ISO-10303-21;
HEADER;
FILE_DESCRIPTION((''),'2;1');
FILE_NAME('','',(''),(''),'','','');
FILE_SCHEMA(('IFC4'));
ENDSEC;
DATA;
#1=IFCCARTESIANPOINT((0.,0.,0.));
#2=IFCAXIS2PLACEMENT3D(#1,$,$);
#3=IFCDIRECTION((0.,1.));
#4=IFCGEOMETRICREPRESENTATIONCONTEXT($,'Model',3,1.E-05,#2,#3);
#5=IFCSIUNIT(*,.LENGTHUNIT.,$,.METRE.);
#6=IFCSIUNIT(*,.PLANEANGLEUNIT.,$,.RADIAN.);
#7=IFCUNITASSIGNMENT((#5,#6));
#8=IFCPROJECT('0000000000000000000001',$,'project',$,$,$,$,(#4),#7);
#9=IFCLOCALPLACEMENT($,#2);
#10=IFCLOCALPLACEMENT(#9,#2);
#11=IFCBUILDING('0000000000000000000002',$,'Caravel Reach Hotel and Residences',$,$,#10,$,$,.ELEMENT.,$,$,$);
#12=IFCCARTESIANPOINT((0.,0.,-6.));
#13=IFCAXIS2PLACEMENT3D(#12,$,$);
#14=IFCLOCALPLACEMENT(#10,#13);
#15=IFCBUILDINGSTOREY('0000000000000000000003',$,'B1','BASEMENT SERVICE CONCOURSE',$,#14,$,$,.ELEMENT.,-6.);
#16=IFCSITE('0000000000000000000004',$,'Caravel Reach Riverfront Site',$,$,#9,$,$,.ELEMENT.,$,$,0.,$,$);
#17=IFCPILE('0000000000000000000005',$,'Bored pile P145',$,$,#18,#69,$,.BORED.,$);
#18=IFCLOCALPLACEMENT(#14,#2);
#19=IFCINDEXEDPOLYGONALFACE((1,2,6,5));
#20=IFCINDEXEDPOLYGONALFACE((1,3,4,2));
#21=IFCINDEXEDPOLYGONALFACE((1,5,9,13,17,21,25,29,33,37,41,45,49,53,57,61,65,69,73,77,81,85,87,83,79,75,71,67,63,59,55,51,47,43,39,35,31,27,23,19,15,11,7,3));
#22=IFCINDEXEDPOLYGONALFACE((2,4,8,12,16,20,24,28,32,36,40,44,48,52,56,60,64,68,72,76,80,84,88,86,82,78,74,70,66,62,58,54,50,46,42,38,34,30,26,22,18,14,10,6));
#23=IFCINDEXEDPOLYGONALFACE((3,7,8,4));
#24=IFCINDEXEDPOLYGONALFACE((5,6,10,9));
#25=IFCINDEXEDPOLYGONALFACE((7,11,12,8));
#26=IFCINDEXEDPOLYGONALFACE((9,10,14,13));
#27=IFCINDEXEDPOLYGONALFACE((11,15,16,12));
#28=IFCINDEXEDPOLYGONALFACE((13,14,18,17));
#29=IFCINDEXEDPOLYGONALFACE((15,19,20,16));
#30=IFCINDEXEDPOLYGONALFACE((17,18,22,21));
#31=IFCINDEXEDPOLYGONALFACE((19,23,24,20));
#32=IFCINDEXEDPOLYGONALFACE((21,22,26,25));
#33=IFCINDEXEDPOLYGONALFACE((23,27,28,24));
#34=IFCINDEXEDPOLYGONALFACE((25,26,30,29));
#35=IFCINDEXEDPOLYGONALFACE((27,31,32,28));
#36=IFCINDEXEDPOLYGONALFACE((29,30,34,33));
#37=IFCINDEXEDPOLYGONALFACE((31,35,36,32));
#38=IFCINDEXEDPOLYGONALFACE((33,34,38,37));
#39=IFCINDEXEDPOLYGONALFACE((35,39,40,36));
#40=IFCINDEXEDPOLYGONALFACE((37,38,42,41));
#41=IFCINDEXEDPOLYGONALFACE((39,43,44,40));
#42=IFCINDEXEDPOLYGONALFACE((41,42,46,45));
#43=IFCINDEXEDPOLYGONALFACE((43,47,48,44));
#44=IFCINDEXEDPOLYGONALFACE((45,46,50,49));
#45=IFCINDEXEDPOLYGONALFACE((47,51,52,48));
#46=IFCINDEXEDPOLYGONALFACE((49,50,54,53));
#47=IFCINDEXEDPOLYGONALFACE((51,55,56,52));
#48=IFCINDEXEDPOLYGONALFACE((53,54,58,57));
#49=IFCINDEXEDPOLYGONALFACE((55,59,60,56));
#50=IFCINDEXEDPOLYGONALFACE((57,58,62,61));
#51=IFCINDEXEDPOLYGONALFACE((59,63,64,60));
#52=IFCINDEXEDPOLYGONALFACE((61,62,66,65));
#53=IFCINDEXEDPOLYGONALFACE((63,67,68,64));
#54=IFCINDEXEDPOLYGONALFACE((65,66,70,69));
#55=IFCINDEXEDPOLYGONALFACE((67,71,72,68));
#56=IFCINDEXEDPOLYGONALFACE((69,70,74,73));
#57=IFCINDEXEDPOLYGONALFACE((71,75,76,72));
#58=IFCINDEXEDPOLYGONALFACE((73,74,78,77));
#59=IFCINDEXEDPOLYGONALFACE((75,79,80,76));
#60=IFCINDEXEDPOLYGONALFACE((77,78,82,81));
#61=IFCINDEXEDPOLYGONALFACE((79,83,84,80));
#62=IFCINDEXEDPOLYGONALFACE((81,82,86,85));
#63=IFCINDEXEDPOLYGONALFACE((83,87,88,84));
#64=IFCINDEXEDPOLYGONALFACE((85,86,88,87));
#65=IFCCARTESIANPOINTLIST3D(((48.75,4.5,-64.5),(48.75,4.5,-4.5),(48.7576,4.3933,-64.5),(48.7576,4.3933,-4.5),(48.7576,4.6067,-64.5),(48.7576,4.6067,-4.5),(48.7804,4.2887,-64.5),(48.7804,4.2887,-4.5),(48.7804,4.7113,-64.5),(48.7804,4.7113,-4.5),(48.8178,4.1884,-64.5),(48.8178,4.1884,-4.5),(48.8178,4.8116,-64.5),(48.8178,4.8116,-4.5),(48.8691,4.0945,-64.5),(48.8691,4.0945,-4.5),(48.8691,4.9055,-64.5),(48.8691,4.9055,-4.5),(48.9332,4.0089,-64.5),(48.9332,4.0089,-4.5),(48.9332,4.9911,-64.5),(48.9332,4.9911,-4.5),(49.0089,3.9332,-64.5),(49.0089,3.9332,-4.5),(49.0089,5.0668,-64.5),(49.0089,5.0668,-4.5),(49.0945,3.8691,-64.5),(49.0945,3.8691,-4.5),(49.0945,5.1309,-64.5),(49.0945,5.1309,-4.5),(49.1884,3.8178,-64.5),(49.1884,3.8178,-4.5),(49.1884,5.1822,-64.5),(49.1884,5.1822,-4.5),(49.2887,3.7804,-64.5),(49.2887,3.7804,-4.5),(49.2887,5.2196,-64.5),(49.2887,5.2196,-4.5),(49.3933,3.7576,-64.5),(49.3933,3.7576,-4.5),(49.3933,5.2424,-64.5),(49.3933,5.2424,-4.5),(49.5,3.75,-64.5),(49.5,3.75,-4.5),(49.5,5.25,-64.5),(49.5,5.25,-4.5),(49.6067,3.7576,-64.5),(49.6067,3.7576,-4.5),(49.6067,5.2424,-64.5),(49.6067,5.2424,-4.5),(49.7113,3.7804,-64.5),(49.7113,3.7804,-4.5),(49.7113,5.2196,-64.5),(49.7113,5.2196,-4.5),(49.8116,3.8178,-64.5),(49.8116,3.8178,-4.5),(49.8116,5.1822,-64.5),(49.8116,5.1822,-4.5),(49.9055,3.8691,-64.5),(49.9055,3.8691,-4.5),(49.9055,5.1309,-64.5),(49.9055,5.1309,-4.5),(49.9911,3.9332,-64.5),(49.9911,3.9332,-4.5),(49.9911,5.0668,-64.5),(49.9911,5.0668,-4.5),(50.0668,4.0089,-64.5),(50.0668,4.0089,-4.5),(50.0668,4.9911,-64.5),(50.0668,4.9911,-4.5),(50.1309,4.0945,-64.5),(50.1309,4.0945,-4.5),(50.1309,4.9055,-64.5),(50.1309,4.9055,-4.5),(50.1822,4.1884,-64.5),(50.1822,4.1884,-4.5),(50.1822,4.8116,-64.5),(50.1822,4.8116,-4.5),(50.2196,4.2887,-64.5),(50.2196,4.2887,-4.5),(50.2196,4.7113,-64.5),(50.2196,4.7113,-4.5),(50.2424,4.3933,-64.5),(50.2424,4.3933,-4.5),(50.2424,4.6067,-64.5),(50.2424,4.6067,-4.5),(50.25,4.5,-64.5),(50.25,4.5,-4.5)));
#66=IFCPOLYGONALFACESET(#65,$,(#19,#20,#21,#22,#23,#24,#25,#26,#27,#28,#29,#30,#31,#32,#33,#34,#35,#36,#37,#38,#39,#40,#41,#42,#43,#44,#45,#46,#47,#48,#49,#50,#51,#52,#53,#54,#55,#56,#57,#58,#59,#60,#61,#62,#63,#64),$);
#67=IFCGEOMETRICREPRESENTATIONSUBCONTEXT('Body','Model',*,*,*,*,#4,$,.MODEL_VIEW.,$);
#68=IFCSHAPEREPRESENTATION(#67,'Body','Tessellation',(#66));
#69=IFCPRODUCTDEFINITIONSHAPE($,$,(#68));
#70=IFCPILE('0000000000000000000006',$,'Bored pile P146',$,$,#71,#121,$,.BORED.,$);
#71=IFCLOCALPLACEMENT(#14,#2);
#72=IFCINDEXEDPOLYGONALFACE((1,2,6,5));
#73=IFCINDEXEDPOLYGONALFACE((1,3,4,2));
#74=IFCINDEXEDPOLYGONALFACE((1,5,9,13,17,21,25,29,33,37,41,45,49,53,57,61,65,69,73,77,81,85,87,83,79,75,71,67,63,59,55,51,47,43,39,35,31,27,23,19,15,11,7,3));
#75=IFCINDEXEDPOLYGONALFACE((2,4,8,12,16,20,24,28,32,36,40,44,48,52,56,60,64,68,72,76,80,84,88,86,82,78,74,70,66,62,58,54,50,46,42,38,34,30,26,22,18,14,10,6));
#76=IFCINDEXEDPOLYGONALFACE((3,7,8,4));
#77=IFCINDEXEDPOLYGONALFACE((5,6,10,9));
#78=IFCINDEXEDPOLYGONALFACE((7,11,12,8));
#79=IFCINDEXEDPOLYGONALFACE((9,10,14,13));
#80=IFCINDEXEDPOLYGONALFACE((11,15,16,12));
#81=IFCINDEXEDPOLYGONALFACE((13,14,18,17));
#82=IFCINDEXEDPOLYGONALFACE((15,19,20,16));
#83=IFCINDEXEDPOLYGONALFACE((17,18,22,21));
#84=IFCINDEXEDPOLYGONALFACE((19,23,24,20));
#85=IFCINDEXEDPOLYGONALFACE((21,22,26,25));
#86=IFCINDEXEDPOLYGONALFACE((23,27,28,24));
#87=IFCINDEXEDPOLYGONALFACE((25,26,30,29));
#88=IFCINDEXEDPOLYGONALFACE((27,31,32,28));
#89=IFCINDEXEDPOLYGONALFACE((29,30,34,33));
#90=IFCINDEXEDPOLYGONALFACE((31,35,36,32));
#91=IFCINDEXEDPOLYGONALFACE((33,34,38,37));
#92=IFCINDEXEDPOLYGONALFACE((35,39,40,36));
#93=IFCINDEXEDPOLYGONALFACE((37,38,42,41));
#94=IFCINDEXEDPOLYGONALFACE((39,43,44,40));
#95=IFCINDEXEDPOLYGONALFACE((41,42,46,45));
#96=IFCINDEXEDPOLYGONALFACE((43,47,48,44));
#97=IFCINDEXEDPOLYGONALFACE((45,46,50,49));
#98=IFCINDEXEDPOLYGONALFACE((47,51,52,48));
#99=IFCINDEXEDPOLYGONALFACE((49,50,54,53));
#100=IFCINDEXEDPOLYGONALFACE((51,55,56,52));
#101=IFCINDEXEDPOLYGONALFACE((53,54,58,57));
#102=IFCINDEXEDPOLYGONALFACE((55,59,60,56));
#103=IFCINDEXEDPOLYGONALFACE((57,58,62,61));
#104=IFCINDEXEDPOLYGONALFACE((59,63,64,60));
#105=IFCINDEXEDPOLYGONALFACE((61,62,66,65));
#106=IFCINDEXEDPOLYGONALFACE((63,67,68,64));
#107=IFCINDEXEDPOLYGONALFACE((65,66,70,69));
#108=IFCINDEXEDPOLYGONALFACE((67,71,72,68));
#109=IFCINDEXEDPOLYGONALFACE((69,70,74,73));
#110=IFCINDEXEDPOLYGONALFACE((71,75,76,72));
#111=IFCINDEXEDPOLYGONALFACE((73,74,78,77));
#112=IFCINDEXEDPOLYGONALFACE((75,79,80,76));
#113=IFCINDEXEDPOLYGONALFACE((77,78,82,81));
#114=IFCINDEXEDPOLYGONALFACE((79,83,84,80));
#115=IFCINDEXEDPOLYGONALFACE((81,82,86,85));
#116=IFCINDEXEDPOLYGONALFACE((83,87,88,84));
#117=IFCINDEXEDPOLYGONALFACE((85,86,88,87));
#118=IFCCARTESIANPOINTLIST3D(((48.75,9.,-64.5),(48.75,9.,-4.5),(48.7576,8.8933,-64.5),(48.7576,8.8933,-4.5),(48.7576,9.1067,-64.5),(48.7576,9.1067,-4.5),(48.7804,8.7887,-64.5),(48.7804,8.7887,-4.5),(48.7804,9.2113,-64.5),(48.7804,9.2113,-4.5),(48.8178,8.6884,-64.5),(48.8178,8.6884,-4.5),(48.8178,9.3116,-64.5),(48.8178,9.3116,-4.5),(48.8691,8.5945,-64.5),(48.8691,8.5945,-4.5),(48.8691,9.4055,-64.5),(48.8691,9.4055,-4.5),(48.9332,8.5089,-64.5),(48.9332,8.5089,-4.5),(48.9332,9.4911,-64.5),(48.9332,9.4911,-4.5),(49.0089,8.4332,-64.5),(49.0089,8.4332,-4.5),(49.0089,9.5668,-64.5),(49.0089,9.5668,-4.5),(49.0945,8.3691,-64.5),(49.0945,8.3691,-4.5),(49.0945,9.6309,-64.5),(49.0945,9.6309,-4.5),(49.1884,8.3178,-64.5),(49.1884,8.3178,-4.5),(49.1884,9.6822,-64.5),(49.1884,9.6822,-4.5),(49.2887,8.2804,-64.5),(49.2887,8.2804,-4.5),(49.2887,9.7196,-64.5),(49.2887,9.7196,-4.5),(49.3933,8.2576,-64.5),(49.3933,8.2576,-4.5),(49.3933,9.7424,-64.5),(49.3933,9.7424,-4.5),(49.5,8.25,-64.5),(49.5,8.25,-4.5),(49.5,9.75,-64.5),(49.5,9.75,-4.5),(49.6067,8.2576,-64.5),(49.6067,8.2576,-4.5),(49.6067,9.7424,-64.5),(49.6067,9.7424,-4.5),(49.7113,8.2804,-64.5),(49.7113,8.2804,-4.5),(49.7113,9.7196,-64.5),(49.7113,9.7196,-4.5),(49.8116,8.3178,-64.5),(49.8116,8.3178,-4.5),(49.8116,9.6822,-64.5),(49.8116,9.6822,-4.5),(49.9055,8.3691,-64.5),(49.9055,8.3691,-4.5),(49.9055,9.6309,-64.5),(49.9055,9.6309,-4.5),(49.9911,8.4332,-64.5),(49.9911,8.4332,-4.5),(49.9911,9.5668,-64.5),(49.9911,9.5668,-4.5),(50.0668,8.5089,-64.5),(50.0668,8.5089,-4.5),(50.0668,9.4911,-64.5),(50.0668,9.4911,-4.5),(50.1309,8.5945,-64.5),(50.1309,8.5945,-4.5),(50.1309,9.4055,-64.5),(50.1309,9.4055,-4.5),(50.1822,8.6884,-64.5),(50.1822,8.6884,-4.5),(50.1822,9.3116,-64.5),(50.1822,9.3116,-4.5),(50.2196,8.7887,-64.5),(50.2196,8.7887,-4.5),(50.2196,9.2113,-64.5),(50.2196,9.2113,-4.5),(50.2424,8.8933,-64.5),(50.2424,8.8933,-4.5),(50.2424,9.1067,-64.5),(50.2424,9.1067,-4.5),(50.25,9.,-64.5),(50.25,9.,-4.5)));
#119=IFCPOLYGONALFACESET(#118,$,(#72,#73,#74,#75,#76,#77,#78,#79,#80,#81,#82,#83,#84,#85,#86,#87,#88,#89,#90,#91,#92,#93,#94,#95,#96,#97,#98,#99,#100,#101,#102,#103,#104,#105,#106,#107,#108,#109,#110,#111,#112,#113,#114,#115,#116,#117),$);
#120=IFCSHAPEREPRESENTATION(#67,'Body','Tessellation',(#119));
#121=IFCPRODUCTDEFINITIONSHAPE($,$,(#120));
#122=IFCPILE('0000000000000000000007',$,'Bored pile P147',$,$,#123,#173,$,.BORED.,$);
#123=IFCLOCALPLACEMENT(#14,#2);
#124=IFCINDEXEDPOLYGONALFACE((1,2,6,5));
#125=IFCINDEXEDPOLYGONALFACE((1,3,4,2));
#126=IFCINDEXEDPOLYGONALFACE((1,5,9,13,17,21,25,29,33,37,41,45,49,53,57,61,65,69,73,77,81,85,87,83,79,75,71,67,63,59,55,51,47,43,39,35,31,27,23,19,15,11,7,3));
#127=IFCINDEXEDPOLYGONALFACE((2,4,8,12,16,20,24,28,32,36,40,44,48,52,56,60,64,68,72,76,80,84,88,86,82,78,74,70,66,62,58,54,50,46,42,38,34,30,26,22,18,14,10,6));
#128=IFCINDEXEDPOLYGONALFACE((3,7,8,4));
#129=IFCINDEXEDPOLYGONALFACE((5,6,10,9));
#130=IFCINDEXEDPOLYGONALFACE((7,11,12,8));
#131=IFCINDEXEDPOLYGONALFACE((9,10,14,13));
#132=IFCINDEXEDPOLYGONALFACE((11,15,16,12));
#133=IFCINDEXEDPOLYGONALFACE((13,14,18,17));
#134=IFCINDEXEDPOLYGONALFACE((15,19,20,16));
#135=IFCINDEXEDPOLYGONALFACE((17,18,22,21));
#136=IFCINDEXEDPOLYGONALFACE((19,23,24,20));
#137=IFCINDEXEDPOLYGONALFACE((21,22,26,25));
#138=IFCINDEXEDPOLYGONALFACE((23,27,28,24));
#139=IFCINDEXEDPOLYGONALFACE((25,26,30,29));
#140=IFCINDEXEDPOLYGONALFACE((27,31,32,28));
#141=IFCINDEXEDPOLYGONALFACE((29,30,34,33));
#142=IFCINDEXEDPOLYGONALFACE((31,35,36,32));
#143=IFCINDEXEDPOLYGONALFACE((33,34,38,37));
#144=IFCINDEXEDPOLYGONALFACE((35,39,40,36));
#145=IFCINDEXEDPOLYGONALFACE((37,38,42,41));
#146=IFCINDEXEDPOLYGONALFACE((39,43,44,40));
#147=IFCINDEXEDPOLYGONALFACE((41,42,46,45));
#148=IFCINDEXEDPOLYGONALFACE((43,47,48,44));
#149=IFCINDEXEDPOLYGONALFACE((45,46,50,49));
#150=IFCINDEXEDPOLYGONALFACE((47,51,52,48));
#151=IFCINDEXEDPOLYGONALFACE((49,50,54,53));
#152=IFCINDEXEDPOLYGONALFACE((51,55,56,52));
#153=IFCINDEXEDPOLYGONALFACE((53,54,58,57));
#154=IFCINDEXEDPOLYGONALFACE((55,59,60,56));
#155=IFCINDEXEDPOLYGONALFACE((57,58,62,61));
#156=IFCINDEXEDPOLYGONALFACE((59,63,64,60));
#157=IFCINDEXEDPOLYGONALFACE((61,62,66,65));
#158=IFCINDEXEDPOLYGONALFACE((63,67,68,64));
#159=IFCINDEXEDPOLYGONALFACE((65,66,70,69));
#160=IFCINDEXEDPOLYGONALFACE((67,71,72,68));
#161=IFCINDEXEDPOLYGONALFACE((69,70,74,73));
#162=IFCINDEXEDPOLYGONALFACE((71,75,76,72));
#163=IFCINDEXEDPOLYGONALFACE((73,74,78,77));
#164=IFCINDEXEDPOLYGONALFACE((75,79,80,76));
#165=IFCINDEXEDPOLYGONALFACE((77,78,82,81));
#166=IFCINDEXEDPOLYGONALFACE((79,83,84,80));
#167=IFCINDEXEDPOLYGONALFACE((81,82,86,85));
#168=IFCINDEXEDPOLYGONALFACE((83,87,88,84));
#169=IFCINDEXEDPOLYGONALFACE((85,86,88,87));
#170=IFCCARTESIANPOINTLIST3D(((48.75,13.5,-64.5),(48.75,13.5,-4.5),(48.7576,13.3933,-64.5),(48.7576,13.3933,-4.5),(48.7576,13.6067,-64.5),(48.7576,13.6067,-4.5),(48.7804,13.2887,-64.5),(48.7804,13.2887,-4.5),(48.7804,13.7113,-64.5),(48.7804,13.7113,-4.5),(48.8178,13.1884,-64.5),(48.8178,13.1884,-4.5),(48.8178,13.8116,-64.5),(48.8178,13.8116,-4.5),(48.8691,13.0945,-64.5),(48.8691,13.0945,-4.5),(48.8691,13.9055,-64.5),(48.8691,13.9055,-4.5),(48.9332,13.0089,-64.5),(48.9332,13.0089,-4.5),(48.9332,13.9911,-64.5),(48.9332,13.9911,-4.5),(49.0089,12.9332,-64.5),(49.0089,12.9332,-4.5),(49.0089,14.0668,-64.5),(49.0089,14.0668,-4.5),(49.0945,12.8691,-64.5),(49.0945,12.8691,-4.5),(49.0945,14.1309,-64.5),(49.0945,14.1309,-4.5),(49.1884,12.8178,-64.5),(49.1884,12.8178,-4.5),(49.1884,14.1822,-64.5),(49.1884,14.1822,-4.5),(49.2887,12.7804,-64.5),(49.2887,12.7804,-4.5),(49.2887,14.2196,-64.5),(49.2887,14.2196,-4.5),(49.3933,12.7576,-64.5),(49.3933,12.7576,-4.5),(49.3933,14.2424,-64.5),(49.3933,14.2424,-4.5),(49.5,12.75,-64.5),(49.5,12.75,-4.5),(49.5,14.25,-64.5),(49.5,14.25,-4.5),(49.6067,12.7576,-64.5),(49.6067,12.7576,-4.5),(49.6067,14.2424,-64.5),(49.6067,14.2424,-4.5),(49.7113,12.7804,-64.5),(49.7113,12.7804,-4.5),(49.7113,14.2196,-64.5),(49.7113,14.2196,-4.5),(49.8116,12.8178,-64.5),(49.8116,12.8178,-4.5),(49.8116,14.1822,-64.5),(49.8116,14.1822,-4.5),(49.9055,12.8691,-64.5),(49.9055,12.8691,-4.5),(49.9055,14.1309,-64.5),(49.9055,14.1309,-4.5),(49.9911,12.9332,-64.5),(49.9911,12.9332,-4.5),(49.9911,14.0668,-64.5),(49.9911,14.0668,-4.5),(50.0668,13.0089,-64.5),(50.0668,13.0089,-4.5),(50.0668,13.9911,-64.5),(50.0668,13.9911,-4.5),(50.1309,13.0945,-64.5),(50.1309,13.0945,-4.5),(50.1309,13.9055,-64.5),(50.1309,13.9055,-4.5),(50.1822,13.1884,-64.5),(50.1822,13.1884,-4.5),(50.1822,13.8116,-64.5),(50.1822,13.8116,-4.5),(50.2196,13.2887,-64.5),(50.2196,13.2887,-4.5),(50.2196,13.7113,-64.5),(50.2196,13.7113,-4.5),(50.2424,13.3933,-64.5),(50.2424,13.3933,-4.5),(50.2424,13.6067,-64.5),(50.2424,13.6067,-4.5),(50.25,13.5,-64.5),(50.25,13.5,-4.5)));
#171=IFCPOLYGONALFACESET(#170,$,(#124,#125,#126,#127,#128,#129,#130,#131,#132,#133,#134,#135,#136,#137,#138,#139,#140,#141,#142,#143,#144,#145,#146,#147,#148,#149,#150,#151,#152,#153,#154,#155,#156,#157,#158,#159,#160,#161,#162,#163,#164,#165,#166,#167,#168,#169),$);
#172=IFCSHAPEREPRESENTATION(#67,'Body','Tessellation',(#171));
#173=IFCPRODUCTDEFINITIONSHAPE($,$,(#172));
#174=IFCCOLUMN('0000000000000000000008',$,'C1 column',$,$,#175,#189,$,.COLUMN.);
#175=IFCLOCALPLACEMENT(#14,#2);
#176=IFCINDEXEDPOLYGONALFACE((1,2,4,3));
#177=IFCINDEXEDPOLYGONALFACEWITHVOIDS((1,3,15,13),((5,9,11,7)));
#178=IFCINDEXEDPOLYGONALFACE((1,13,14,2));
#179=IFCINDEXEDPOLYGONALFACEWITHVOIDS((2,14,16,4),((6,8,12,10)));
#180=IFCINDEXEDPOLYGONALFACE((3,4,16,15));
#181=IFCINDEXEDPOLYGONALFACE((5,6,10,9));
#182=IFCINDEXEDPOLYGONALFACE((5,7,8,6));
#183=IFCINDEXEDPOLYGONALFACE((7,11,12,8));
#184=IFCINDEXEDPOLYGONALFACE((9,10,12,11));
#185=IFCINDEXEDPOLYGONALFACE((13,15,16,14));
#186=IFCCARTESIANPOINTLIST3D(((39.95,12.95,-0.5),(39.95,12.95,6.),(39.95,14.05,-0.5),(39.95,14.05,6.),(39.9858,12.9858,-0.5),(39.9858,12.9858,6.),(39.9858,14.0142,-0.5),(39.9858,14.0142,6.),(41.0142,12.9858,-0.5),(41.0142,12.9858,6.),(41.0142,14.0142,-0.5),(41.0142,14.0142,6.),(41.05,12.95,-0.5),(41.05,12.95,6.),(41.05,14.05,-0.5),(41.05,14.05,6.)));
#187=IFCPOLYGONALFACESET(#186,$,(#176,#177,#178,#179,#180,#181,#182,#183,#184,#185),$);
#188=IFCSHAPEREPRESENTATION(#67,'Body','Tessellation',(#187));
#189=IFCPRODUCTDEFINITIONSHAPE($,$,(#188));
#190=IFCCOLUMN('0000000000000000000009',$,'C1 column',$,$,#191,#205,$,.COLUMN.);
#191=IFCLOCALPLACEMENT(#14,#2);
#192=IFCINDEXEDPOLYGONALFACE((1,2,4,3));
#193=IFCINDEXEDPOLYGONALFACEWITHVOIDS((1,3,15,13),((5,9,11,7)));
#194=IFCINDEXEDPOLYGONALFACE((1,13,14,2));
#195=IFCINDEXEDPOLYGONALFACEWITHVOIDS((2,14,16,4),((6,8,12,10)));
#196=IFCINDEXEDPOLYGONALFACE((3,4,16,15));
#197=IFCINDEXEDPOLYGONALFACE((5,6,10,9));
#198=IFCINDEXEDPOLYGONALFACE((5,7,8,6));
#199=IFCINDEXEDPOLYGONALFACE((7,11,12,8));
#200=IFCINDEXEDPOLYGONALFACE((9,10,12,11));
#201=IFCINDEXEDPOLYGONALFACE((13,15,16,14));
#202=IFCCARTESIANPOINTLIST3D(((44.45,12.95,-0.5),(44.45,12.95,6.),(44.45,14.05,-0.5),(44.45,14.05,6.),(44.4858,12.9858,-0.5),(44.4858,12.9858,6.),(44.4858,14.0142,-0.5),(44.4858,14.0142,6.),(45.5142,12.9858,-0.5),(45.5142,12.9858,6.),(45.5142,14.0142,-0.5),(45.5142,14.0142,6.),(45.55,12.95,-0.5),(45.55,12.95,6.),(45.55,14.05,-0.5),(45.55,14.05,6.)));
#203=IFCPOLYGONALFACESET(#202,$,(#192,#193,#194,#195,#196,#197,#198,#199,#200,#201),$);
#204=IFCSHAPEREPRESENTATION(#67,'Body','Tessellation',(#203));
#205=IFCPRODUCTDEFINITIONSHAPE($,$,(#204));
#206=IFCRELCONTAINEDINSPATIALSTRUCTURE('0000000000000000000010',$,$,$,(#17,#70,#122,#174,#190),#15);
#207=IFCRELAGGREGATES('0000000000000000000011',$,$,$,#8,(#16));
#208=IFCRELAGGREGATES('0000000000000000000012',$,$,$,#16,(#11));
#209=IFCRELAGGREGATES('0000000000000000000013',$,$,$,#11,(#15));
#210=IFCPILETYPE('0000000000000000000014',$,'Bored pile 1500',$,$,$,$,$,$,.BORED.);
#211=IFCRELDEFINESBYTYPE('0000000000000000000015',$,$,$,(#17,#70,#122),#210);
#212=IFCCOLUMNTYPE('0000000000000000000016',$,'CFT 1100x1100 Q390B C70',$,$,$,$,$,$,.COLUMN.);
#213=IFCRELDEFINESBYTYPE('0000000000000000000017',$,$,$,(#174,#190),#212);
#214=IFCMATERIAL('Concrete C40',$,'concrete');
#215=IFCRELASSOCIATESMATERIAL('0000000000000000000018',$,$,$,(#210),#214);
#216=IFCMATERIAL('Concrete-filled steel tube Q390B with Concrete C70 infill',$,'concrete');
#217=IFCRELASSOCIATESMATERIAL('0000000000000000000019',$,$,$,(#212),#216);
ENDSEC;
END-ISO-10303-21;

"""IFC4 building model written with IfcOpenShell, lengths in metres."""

from ifc_helpers import new_model, si_unit, direction, frame, origin, origin_2d, place, context, subcontext, project, spatial, hollow_rectangle, circle, extrude, material, material_profile, profile_set, type_object, element, save


model = new_model("IFC4")

# Units and contexts
model_context = context("Model", 3, precision=1e-05, world=origin(), true_north=direction((0.0, 1.0)))
body_context = subcontext(model_context, "Body", "Model", "MODEL_VIEW")
ifc_project = project(units=[si_unit("LENGTHUNIT", "METRE"), si_unit("PLANEANGLEUNIT", "RADIAN")], contexts=[model_context])

# Site, building, storey
site_placement = place(None, origin())
site = spatial("IfcSite", under=ifc_project, at=site_placement, Name="Caravel Reach Riverfront Site", CompositionType="ELEMENT", RefElevation=0.0)
building_placement = place(site_placement, origin())
building = spatial("IfcBuilding", under=site, at=building_placement, Name="Caravel Reach Hotel and Residences", CompositionType="ELEMENT")
storey_placement = place(building_placement, frame((0.0, 0.0, -6.0)))
storey = spatial("IfcBuildingStorey", under=building, at=storey_placement, Name="B1", Description="BASEMENT SERVICE CONCOURSE", CompositionType="ELEMENT", Elevation=-6.0)

# Piles
ifc_material_1 = material(Name="Concrete C40", Category="concrete")
ifc_material_profile_1 = material_profile(ifc_material_1, circle(Radius=0.75, at=origin_2d()), Name="PILE 1500")
ifc_profile_set_1 = profile_set([ifc_material_profile_1], Name="Concrete C40")
pile_type = type_object("IfcPileType", Name="Bored pile 1500", PredefinedType="BORED", material=ifc_profile_set_1)
for number, where, z_axis, x_axis, name in (
    (1, (49.5, 4.5, -4.5), (0.0, 0.0, -1.0), (1.0, 0.0, 0.0), "Bored pile P145"),
    (2, (49.5, 9.0, -4.5), (0.0, 0.0, -1.0), (1.0, 0.0, 0.0), "Bored pile P146"),
    (3, (49.5, 13.5, -4.5), (0.0, 0.0, -1.0), (1.0, 0.0, 0.0), "Bored pile P147"),
):
    element("IfcPile", number, at=place(storey_placement, frame(where, z_axis=z_axis, x_axis=x_axis)), inside=storey, type_object=pile_type, Name=name, PredefinedType="BORED", context=body_context, shape_type="SweptSolid", body=[
        extrude(circle(Radius=0.75, at=origin_2d()), origin(), (0.0, 0.0, 1.0), 60.0),
    ])

# Columns
ifc_material_2 = material(Name="Concrete-filled steel tube Q390B with Concrete C70 infill", Category="concrete")
ifc_material_profile_2 = material_profile(ifc_material_2, hollow_rectangle(XDim=1.1001, YDim=1.1001, WallThickness=0.0359, at=origin_2d()), Name="RHS 1100x1100x36")
ifc_profile_set_2 = profile_set([ifc_material_profile_2], Name="Concrete-filled steel tube Q390B with Concrete C70 infill")
column_type_1 = type_object("IfcColumnType", Name="CFT 1100x1100 Q390B C70", PredefinedType="COLUMN", material=ifc_profile_set_2)
for number, where, z_axis, x_axis, name in (
    (4, (40.5, 13.5, -0.5), (0.0, 0.0, 1.0), (1.0, 0.0, 0.0), "C1 column"),
    (5, (45.0, 13.5, -0.5), (0.0, 0.0, 1.0), (1.0, 0.0, 0.0), "C1 column"),
):
    element("IfcColumn", number, at=place(storey_placement, frame(where, z_axis=z_axis, x_axis=x_axis)), inside=storey, type_object=column_type_1, Name=name, PredefinedType="COLUMN", context=body_context, shape_type="SweptSolid", body=[
        extrude(hollow_rectangle(XDim=1.1001, YDim=1.1001, WallThickness=0.0359, at=origin_2d()), origin(), (0.0, 0.0, 1.0), 6.5),
    ])

save(model, "model.ifc")
